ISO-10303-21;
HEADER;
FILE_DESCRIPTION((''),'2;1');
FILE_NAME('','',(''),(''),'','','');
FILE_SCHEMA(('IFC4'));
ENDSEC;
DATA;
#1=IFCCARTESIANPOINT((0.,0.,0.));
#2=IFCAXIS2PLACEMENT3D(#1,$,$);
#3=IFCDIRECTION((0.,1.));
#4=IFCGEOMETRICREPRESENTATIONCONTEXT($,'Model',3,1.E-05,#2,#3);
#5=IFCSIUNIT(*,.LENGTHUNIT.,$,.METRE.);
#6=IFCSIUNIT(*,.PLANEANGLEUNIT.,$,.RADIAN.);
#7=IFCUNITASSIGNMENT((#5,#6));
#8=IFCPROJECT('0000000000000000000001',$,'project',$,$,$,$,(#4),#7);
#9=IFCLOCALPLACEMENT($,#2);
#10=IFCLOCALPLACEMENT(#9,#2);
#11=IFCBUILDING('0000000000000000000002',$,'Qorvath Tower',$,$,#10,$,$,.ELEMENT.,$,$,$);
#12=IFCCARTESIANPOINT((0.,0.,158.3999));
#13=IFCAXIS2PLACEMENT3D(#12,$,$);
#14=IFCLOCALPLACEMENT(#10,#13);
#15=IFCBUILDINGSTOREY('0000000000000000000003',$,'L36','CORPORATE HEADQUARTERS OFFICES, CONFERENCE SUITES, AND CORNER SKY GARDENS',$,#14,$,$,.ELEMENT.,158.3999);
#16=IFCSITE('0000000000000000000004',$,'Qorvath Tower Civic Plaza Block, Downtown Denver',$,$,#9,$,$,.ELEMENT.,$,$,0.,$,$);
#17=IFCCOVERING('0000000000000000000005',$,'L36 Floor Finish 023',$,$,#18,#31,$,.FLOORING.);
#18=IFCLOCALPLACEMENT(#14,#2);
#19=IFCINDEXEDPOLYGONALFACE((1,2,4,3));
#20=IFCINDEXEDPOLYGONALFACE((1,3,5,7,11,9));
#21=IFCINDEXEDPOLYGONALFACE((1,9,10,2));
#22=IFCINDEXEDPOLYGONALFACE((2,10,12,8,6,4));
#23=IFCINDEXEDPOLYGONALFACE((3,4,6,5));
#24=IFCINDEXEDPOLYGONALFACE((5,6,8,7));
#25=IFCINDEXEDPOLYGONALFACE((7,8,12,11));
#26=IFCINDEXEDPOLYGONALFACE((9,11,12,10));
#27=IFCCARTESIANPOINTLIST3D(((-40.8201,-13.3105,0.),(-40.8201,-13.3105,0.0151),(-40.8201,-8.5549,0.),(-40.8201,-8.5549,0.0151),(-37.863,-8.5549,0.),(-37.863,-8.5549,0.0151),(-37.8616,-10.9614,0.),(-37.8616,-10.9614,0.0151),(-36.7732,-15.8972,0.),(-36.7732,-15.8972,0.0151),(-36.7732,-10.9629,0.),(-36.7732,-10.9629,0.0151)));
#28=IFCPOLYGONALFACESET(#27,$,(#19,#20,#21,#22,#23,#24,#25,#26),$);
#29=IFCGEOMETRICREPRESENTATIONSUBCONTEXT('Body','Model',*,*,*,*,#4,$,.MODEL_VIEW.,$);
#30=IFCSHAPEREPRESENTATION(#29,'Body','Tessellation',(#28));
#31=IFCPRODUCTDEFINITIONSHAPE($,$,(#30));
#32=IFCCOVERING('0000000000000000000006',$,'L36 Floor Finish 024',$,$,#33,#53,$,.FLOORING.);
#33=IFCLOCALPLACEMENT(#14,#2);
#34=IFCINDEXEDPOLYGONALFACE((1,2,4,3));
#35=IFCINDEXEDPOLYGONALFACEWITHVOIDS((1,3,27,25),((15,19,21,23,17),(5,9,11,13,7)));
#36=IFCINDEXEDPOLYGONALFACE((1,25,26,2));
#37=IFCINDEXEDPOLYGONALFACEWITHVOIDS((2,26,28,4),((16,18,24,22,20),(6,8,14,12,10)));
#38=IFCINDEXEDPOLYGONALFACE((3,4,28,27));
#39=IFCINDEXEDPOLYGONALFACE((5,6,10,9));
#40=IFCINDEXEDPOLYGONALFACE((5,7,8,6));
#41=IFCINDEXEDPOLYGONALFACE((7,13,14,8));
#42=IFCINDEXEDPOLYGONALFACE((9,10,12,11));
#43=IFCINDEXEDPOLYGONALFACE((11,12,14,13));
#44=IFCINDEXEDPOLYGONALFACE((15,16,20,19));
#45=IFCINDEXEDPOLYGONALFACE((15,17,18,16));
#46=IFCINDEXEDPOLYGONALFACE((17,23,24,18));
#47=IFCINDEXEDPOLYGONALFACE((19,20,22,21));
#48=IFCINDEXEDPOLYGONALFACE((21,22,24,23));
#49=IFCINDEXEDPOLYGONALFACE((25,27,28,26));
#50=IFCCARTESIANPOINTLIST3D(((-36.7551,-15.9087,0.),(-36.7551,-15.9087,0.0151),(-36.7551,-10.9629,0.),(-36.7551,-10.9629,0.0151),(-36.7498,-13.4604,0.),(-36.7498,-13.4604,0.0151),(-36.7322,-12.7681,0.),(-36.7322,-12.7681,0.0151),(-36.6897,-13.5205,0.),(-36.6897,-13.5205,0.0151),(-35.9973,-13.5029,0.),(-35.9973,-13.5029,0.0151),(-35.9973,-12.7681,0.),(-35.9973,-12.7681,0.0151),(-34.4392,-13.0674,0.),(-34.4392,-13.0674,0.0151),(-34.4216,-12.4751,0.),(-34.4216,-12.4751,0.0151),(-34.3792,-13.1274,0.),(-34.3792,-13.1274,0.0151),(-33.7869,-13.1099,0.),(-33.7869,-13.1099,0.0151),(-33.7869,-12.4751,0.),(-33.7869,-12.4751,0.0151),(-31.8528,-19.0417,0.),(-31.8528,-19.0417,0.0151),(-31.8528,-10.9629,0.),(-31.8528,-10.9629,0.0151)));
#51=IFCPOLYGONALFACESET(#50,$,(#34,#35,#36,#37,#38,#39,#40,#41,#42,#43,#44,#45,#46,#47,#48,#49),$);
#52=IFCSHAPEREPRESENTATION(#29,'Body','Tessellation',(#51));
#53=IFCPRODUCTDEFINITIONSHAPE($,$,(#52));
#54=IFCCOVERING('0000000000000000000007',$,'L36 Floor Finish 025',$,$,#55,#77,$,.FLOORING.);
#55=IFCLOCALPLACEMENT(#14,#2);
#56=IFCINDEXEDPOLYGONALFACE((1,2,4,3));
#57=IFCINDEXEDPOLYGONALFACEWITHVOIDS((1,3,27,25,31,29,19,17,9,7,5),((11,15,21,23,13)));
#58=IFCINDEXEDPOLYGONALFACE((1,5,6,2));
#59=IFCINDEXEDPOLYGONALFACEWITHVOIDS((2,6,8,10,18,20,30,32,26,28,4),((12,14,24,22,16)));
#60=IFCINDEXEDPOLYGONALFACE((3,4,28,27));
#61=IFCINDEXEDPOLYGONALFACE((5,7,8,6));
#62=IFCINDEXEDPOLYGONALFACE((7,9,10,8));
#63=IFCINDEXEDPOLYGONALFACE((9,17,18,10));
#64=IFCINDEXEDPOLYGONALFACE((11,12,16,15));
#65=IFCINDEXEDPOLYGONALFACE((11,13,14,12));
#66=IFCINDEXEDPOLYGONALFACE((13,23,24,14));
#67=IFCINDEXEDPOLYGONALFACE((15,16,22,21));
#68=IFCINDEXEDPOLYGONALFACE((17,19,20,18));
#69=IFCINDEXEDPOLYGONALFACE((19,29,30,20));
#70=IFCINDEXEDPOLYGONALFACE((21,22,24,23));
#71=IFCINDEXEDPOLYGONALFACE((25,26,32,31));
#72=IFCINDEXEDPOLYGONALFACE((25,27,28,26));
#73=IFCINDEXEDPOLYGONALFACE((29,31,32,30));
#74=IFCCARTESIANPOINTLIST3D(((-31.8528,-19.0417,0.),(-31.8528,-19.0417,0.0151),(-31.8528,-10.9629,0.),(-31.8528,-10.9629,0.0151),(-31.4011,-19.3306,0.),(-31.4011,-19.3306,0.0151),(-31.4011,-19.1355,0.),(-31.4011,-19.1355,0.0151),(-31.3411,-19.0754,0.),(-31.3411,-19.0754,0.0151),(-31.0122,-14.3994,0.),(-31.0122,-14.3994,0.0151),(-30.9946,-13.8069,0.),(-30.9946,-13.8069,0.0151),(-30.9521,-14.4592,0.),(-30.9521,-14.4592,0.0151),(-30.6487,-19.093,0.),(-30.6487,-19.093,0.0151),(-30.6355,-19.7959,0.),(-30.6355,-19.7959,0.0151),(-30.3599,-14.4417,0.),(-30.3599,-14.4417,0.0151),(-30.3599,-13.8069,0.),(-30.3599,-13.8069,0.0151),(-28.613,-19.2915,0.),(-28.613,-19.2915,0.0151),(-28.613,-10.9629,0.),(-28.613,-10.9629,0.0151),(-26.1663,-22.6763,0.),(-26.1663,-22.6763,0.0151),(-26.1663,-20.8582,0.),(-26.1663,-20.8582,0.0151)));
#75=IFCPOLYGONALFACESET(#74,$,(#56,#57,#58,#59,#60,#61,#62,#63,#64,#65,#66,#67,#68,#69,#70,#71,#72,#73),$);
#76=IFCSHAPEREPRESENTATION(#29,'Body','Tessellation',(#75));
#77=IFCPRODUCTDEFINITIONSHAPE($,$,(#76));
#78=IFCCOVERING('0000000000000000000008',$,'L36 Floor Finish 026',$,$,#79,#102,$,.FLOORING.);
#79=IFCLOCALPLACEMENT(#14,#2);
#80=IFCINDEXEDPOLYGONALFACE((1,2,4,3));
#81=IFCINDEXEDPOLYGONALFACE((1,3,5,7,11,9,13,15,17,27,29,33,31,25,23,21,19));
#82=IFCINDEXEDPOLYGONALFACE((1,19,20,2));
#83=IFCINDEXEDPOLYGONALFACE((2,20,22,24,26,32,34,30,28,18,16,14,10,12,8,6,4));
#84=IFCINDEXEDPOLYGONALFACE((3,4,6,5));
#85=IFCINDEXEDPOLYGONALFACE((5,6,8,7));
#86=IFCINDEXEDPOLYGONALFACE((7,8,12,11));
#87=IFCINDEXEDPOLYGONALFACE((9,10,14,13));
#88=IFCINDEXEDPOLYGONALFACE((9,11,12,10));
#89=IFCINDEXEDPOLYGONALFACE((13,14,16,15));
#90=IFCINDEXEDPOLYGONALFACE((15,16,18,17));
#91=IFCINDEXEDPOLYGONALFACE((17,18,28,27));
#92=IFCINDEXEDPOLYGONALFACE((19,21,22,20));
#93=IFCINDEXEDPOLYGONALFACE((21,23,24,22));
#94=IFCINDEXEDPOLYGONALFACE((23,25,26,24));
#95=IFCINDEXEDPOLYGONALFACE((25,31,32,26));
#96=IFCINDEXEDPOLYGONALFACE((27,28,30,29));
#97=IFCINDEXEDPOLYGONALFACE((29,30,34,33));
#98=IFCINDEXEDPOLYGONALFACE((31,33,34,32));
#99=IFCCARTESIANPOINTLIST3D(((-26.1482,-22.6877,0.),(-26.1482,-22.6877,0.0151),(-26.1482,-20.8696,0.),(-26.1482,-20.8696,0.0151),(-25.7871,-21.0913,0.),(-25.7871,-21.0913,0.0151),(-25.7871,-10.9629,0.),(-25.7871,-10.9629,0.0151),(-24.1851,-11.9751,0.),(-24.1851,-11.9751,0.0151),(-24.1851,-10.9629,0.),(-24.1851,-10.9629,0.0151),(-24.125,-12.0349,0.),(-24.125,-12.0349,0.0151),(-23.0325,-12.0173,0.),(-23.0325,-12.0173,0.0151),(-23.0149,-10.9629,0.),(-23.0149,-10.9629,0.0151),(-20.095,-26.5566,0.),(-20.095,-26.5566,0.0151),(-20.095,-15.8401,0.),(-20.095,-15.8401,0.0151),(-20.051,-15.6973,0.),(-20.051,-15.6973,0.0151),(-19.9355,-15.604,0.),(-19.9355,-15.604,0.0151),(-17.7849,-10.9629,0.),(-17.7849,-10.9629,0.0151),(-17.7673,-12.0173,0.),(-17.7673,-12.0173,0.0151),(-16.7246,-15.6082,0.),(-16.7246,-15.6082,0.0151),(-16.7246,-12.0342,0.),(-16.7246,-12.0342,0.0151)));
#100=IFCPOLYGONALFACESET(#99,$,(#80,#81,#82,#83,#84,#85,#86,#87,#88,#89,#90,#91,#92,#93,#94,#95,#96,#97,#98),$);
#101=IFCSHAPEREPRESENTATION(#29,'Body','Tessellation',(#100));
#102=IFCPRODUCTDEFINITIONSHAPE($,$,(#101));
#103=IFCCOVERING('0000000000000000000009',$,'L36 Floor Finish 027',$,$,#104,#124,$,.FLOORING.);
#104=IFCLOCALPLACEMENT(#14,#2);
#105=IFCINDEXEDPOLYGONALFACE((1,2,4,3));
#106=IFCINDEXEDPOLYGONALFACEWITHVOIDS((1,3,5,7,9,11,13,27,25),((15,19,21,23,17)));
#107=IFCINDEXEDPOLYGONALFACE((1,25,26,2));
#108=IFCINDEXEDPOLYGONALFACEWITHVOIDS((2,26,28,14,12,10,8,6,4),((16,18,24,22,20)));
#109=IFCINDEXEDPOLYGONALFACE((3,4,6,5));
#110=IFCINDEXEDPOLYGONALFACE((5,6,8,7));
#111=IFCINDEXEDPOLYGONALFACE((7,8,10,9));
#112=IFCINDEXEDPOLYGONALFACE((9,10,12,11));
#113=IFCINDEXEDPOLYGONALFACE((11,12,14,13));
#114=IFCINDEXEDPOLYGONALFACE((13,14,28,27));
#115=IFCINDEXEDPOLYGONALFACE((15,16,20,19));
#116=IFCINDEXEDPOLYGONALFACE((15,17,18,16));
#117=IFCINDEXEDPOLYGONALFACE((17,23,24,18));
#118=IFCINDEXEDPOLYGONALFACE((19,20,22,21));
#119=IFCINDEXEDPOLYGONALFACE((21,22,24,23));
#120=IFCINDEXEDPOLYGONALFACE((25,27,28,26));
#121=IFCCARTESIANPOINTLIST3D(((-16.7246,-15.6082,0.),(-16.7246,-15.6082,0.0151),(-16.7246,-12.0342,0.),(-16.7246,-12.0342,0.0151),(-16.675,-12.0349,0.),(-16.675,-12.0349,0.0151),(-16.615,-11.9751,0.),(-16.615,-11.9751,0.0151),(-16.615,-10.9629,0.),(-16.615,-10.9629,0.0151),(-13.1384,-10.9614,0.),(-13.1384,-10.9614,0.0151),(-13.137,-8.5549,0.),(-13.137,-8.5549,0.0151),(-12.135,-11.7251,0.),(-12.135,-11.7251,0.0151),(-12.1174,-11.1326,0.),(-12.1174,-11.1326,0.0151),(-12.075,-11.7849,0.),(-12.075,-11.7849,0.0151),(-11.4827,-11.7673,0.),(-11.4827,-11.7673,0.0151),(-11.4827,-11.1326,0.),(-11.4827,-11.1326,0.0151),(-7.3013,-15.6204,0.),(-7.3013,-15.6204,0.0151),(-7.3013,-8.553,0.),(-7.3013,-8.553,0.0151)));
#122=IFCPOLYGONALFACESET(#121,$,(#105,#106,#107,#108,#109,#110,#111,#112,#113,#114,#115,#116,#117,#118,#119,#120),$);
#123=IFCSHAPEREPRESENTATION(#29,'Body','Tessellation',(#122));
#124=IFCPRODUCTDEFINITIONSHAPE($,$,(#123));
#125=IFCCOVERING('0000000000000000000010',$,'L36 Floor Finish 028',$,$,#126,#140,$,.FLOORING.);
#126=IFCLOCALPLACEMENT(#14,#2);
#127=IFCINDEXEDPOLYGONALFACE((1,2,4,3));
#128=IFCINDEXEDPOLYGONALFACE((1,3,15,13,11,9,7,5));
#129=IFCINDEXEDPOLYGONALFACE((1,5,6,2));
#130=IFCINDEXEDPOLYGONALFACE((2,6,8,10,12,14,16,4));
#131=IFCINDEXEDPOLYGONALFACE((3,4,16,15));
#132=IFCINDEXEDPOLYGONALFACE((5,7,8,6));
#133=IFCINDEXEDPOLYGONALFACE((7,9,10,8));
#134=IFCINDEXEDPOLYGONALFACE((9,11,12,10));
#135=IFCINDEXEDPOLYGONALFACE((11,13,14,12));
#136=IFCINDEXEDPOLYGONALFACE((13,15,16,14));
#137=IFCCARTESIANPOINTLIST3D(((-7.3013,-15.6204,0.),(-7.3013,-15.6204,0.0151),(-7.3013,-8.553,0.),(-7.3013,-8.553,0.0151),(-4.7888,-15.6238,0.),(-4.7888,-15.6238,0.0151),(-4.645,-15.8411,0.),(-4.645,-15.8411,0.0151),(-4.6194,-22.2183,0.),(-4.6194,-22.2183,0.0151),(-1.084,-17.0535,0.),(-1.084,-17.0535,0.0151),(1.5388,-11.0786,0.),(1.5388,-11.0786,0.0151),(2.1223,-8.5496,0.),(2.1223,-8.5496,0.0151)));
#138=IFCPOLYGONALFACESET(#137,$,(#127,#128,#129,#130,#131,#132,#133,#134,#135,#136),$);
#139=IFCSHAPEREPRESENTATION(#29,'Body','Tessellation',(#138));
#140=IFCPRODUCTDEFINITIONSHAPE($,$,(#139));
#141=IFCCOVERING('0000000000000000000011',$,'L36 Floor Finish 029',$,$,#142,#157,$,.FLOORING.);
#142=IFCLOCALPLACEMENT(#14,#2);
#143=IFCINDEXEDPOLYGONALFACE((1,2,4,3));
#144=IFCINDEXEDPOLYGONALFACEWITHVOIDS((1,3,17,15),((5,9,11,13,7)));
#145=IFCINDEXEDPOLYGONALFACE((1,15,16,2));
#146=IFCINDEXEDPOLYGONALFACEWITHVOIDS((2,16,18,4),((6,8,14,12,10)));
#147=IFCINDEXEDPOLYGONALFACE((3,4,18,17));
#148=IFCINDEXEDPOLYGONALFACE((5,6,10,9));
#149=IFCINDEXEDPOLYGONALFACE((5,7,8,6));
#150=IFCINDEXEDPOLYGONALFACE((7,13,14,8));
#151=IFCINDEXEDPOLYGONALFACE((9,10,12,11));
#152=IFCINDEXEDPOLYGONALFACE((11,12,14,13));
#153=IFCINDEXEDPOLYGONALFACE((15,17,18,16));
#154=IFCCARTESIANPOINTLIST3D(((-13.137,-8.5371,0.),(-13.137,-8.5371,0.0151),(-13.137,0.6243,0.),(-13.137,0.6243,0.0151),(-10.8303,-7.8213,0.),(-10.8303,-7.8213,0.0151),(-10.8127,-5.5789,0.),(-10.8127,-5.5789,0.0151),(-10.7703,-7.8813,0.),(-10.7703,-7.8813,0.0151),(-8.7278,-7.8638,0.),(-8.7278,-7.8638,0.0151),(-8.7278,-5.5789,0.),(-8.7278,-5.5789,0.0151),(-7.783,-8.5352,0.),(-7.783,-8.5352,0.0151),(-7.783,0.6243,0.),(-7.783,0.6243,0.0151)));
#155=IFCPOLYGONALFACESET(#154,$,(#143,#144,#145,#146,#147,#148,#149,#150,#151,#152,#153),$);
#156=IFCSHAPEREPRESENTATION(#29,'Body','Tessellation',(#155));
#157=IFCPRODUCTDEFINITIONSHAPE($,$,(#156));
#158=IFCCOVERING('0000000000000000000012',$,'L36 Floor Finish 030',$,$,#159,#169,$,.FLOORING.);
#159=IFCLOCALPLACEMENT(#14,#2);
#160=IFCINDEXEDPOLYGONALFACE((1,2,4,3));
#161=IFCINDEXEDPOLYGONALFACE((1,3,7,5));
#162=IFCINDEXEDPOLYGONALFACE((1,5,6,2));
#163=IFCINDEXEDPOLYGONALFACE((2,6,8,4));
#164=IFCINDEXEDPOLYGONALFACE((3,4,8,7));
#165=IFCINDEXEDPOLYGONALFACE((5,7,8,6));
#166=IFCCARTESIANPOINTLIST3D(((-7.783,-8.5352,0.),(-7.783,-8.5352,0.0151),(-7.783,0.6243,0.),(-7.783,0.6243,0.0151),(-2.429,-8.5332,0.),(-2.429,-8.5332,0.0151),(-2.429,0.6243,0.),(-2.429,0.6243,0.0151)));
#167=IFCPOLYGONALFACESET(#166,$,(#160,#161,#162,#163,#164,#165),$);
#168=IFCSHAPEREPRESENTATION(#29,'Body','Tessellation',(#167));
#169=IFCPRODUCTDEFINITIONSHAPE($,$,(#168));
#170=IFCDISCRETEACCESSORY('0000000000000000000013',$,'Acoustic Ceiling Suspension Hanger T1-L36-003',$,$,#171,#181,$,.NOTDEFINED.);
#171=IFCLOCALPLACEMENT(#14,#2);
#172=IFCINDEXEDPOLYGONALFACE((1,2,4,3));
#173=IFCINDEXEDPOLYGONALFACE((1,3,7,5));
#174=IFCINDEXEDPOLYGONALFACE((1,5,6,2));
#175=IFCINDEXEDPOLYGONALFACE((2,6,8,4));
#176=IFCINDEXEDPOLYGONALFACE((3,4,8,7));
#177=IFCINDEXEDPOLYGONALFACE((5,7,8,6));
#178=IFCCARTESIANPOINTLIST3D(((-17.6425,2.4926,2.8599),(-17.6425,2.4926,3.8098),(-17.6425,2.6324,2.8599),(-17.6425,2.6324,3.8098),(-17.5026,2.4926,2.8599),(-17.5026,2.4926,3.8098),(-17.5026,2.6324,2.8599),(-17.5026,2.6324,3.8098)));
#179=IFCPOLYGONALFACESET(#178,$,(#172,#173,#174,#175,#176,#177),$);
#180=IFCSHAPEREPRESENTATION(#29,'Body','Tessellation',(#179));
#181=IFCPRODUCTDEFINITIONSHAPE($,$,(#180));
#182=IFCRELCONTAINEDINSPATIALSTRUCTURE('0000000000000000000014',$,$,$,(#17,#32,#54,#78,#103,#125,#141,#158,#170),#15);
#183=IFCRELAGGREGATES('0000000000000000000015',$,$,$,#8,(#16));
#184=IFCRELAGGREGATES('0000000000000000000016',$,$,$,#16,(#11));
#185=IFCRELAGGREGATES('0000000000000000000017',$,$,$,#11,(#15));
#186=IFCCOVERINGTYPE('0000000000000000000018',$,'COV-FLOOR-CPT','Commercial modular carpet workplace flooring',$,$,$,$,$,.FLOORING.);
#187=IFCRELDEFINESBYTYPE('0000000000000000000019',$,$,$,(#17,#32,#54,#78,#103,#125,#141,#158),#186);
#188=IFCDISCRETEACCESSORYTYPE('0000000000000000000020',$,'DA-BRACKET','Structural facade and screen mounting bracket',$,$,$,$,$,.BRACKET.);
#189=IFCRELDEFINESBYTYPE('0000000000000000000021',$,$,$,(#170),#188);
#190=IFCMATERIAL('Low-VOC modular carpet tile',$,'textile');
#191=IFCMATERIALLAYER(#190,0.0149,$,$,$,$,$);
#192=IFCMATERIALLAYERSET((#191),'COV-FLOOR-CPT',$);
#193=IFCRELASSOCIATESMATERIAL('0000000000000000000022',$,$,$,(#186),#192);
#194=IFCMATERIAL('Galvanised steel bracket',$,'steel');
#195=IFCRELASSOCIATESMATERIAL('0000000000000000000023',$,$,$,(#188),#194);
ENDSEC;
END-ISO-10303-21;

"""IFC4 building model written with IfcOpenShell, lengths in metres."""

from ifc_helpers import new_model, si_unit, direction, frame, origin, origin_2d, place, context, subcontext, project, spatial, polyline, rectangle, outline, extrude, material, layer, layer_set, type_object, element, save


model = new_model("IFC4")

# Units and contexts
model_context = context("Model", 3, precision=1e-05, world=origin(), true_north=direction((0.0, 1.0)))
body_context = subcontext(model_context, "Body", "Model", "MODEL_VIEW")
ifc_project = project(units=[si_unit("LENGTHUNIT", "METRE"), si_unit("PLANEANGLEUNIT", "RADIAN")], contexts=[model_context])

# Site, building, storey
site_placement = place(None, origin())
site = spatial("IfcSite", under=ifc_project, at=site_placement, Name="Qorvath Tower Civic Plaza Block, Downtown Denver", CompositionType="ELEMENT", RefElevation=0.0)
building_placement = place(site_placement, origin())
building = spatial("IfcBuilding", under=site, at=building_placement, Name="Qorvath Tower", CompositionType="ELEMENT")
storey_placement = place(building_placement, frame((0.0, 0.0, 158.3999)))
storey = spatial("IfcBuildingStorey", under=building, at=storey_placement, Name="L36", Description="CORPORATE HEADQUARTERS OFFICES, CONFERENCE SUITES, AND CORNER SKY GARDENS", CompositionType="ELEMENT", Elevation=158.3999)

# Coverings
ifc_material_1 = material(Name="Low-VOC modular carpet tile", Category="textile")
ifc_layer_1 = layer(ifc_material_1, 0.0149)
ifc_layer_set_1 = layer_set([ifc_layer_1], Name="COV-FLOOR-CPT")
covering_type_1 = type_object("IfcCoveringType", Name="COV-FLOOR-CPT", Description="Commercial modular carpet workplace flooring", PredefinedType="FLOORING", material=ifc_layer_set_1)
covering_1_placement = place(storey_placement, origin())
element("IfcCovering", 1, at=covering_1_placement, inside=storey, type_object=covering_type_1, Name="L36 Floor Finish 023", PredefinedType="FLOORING", context=body_context, shape_type="SweptSolid", body=[
    extrude(outline(polyline([(-37.8616, -10.9614), (-37.863, -8.5549), (-40.8201, -8.5549), (-40.8201, -13.3105), (-36.7732, -15.8972), (-36.7732, -10.9629), (-37.8616, -10.9614)])), origin(), (0.0, 0.0, 1.0), 0.0151),
])
covering_2_placement = place(storey_placement, origin())
element("IfcCovering", 2, at=covering_2_placement, inside=storey, type_object=covering_type_1, Name="L36 Floor Finish 024", PredefinedType="FLOORING", context=body_context, shape_type="SweptSolid", body=[
    extrude(outline(polyline([(-36.7551, -10.9629), (-36.7551, -15.9087), (-31.8528, -19.0417), (-31.8528, -10.9629), (-36.7551, -10.9629)]), holes=[polyline([(-34.4392, -13.0674), (-34.4216, -12.4751), (-33.7869, -12.4751), (-33.7869, -13.1099), (-34.3792, -13.1274), (-34.4392, -13.0674)]), polyline([(-36.7498, -13.4604), (-36.7322, -12.7681), (-35.9973, -12.7681), (-35.9973, -13.5029), (-36.6897, -13.5205), (-36.7498, -13.4604)])]), origin(), (0.0, 0.0, 1.0), 0.0151),
])
covering_3_placement = place(storey_placement, origin())
element("IfcCovering", 3, at=covering_3_placement, inside=storey, type_object=covering_type_1, Name="L36 Floor Finish 025", PredefinedType="FLOORING", context=body_context, shape_type="SweptSolid", body=[
    extrude(outline(polyline([(-31.8528, -10.9629), (-31.8528, -19.0417), (-31.4011, -19.3306), (-31.4011, -19.1355), (-31.3411, -19.0754), (-30.6487, -19.093), (-30.6355, -19.7959), (-26.1663, -22.6763), (-26.1663, -20.8582), (-28.613, -19.2915), (-28.613, -10.9629), (-31.8528, -10.9629)]), holes=[polyline([(-31.0122, -14.3994), (-30.9946, -13.8069), (-30.3599, -13.8069), (-30.3599, -14.4417), (-30.9521, -14.4592), (-31.0122, -14.3994)])]), origin(), (0.0, 0.0, 1.0), 0.0151),
])
covering_4_placement = place(storey_placement, origin())
element("IfcCovering", 4, at=covering_4_placement, inside=storey, type_object=covering_type_1, Name="L36 Floor Finish 026", PredefinedType="FLOORING", context=body_context, shape_type="SweptSolid", body=[
    extrude(outline(polyline([(-20.051, -15.6973), (-19.9355, -15.604), (-16.7246, -15.6082), (-16.7246, -12.0342), (-17.7673, -12.0173), (-17.7849, -10.9629), (-23.0149, -10.9629), (-23.0325, -12.0173), (-24.125, -12.0349), (-24.1851, -11.9751), (-24.1851, -10.9629), (-25.7871, -10.9629), (-25.7871, -21.0913), (-26.1482, -20.8696), (-26.1482, -22.6877), (-20.095, -26.5566), (-20.095, -15.8401), (-20.051, -15.6973)])), origin(), (0.0, 0.0, 1.0), 0.0151),
])
covering_5_placement = place(storey_placement, origin())
element("IfcCovering", 5, at=covering_5_placement, inside=storey, type_object=covering_type_1, Name="L36 Floor Finish 027", PredefinedType="FLOORING", context=body_context, shape_type="SweptSolid", body=[
    extrude(outline(polyline([(-16.7246, -12.0342), (-16.7246, -15.6082), (-7.3013, -15.6204), (-7.3013, -8.553), (-13.137, -8.5549), (-13.1384, -10.9614), (-16.615, -10.9629), (-16.615, -11.9751), (-16.675, -12.0349), (-16.7246, -12.0342)]), holes=[polyline([(-12.135, -11.7251), (-12.1174, -11.1326), (-11.4827, -11.1326), (-11.4827, -11.7673), (-12.075, -11.7849), (-12.135, -11.7251)])]), origin(), (0.0, 0.0, 1.0), 0.0151),
])
covering_6_placement = place(storey_placement, origin())
element("IfcCovering", 6, at=covering_6_placement, inside=storey, type_object=covering_type_1, Name="L36 Floor Finish 028", PredefinedType="FLOORING", context=body_context, shape_type="SweptSolid", body=[
    extrude(outline(polyline([(-7.3013, -8.553), (-7.3013, -15.6204), (-4.7888, -15.6238), (-4.645, -15.8411), (-4.6194, -22.2183), (-1.084, -17.0535), (1.5388, -11.0786), (2.1223, -8.5496), (-7.3013, -8.553)])), origin(), (0.0, 0.0, 1.0), 0.0151),
])
covering_7_placement = place(storey_placement, origin())
element("IfcCovering", 7, at=covering_7_placement, inside=storey, type_object=covering_type_1, Name="L36 Floor Finish 029", PredefinedType="FLOORING", context=body_context, shape_type="SweptSolid", body=[
    extrude(outline(polyline([(-7.783, -8.5352), (-7.783, 0.6243), (-13.137, 0.6243), (-13.137, -8.5371), (-7.783, -8.5352)]), holes=[polyline([(-10.8303, -7.8213), (-10.8127, -5.5789), (-8.7278, -5.5789), (-8.7278, -7.8638), (-10.7703, -7.8813), (-10.8303, -7.8213)])]), origin(), (0.0, 0.0, 1.0), 0.0151),
])
covering_8_placement = place(storey_placement, origin())
element("IfcCovering", 8, at=covering_8_placement, inside=storey, type_object=covering_type_1, Name="L36 Floor Finish 030", PredefinedType="FLOORING", context=body_context, shape_type="SweptSolid", body=[
    extrude(outline(polyline([(-2.429, -8.5332), (-2.429, 0.6243), (-7.783, 0.6243), (-7.783, -8.5352), (-2.429, -8.5332)])), origin(), (0.0, 0.0, 1.0), 0.0151),
])

# Discrete accessory
ifc_material_2 = material(Name="Galvanised steel bracket", Category="steel")
discrete_accessory_type = type_object("IfcDiscreteAccessoryType", Name="DA-BRACKET", Description="Structural facade and screen mounting bracket", PredefinedType="BRACKET", material=ifc_material_2)
discrete_accessory_placement = place(storey_placement, frame((-17.5725, 2.5625, 2.8599), z_axis=(0.0, 0.0, 1.0), x_axis=(1.0, 0.0, 0.0)))
element("IfcDiscreteAccessory", 9, at=discrete_accessory_placement, inside=storey, type_object=discrete_accessory_type, Name="Acoustic Ceiling Suspension Hanger T1-L36-003", PredefinedType="NOTDEFINED", context=body_context, shape_type="SweptSolid", body=[
    extrude(rectangle(XDim=0.1399, YDim=0.1399, at=origin_2d()), origin(), (0.0, 0.0, 1.0), 0.95),
])

save(model, "model.ifc")
